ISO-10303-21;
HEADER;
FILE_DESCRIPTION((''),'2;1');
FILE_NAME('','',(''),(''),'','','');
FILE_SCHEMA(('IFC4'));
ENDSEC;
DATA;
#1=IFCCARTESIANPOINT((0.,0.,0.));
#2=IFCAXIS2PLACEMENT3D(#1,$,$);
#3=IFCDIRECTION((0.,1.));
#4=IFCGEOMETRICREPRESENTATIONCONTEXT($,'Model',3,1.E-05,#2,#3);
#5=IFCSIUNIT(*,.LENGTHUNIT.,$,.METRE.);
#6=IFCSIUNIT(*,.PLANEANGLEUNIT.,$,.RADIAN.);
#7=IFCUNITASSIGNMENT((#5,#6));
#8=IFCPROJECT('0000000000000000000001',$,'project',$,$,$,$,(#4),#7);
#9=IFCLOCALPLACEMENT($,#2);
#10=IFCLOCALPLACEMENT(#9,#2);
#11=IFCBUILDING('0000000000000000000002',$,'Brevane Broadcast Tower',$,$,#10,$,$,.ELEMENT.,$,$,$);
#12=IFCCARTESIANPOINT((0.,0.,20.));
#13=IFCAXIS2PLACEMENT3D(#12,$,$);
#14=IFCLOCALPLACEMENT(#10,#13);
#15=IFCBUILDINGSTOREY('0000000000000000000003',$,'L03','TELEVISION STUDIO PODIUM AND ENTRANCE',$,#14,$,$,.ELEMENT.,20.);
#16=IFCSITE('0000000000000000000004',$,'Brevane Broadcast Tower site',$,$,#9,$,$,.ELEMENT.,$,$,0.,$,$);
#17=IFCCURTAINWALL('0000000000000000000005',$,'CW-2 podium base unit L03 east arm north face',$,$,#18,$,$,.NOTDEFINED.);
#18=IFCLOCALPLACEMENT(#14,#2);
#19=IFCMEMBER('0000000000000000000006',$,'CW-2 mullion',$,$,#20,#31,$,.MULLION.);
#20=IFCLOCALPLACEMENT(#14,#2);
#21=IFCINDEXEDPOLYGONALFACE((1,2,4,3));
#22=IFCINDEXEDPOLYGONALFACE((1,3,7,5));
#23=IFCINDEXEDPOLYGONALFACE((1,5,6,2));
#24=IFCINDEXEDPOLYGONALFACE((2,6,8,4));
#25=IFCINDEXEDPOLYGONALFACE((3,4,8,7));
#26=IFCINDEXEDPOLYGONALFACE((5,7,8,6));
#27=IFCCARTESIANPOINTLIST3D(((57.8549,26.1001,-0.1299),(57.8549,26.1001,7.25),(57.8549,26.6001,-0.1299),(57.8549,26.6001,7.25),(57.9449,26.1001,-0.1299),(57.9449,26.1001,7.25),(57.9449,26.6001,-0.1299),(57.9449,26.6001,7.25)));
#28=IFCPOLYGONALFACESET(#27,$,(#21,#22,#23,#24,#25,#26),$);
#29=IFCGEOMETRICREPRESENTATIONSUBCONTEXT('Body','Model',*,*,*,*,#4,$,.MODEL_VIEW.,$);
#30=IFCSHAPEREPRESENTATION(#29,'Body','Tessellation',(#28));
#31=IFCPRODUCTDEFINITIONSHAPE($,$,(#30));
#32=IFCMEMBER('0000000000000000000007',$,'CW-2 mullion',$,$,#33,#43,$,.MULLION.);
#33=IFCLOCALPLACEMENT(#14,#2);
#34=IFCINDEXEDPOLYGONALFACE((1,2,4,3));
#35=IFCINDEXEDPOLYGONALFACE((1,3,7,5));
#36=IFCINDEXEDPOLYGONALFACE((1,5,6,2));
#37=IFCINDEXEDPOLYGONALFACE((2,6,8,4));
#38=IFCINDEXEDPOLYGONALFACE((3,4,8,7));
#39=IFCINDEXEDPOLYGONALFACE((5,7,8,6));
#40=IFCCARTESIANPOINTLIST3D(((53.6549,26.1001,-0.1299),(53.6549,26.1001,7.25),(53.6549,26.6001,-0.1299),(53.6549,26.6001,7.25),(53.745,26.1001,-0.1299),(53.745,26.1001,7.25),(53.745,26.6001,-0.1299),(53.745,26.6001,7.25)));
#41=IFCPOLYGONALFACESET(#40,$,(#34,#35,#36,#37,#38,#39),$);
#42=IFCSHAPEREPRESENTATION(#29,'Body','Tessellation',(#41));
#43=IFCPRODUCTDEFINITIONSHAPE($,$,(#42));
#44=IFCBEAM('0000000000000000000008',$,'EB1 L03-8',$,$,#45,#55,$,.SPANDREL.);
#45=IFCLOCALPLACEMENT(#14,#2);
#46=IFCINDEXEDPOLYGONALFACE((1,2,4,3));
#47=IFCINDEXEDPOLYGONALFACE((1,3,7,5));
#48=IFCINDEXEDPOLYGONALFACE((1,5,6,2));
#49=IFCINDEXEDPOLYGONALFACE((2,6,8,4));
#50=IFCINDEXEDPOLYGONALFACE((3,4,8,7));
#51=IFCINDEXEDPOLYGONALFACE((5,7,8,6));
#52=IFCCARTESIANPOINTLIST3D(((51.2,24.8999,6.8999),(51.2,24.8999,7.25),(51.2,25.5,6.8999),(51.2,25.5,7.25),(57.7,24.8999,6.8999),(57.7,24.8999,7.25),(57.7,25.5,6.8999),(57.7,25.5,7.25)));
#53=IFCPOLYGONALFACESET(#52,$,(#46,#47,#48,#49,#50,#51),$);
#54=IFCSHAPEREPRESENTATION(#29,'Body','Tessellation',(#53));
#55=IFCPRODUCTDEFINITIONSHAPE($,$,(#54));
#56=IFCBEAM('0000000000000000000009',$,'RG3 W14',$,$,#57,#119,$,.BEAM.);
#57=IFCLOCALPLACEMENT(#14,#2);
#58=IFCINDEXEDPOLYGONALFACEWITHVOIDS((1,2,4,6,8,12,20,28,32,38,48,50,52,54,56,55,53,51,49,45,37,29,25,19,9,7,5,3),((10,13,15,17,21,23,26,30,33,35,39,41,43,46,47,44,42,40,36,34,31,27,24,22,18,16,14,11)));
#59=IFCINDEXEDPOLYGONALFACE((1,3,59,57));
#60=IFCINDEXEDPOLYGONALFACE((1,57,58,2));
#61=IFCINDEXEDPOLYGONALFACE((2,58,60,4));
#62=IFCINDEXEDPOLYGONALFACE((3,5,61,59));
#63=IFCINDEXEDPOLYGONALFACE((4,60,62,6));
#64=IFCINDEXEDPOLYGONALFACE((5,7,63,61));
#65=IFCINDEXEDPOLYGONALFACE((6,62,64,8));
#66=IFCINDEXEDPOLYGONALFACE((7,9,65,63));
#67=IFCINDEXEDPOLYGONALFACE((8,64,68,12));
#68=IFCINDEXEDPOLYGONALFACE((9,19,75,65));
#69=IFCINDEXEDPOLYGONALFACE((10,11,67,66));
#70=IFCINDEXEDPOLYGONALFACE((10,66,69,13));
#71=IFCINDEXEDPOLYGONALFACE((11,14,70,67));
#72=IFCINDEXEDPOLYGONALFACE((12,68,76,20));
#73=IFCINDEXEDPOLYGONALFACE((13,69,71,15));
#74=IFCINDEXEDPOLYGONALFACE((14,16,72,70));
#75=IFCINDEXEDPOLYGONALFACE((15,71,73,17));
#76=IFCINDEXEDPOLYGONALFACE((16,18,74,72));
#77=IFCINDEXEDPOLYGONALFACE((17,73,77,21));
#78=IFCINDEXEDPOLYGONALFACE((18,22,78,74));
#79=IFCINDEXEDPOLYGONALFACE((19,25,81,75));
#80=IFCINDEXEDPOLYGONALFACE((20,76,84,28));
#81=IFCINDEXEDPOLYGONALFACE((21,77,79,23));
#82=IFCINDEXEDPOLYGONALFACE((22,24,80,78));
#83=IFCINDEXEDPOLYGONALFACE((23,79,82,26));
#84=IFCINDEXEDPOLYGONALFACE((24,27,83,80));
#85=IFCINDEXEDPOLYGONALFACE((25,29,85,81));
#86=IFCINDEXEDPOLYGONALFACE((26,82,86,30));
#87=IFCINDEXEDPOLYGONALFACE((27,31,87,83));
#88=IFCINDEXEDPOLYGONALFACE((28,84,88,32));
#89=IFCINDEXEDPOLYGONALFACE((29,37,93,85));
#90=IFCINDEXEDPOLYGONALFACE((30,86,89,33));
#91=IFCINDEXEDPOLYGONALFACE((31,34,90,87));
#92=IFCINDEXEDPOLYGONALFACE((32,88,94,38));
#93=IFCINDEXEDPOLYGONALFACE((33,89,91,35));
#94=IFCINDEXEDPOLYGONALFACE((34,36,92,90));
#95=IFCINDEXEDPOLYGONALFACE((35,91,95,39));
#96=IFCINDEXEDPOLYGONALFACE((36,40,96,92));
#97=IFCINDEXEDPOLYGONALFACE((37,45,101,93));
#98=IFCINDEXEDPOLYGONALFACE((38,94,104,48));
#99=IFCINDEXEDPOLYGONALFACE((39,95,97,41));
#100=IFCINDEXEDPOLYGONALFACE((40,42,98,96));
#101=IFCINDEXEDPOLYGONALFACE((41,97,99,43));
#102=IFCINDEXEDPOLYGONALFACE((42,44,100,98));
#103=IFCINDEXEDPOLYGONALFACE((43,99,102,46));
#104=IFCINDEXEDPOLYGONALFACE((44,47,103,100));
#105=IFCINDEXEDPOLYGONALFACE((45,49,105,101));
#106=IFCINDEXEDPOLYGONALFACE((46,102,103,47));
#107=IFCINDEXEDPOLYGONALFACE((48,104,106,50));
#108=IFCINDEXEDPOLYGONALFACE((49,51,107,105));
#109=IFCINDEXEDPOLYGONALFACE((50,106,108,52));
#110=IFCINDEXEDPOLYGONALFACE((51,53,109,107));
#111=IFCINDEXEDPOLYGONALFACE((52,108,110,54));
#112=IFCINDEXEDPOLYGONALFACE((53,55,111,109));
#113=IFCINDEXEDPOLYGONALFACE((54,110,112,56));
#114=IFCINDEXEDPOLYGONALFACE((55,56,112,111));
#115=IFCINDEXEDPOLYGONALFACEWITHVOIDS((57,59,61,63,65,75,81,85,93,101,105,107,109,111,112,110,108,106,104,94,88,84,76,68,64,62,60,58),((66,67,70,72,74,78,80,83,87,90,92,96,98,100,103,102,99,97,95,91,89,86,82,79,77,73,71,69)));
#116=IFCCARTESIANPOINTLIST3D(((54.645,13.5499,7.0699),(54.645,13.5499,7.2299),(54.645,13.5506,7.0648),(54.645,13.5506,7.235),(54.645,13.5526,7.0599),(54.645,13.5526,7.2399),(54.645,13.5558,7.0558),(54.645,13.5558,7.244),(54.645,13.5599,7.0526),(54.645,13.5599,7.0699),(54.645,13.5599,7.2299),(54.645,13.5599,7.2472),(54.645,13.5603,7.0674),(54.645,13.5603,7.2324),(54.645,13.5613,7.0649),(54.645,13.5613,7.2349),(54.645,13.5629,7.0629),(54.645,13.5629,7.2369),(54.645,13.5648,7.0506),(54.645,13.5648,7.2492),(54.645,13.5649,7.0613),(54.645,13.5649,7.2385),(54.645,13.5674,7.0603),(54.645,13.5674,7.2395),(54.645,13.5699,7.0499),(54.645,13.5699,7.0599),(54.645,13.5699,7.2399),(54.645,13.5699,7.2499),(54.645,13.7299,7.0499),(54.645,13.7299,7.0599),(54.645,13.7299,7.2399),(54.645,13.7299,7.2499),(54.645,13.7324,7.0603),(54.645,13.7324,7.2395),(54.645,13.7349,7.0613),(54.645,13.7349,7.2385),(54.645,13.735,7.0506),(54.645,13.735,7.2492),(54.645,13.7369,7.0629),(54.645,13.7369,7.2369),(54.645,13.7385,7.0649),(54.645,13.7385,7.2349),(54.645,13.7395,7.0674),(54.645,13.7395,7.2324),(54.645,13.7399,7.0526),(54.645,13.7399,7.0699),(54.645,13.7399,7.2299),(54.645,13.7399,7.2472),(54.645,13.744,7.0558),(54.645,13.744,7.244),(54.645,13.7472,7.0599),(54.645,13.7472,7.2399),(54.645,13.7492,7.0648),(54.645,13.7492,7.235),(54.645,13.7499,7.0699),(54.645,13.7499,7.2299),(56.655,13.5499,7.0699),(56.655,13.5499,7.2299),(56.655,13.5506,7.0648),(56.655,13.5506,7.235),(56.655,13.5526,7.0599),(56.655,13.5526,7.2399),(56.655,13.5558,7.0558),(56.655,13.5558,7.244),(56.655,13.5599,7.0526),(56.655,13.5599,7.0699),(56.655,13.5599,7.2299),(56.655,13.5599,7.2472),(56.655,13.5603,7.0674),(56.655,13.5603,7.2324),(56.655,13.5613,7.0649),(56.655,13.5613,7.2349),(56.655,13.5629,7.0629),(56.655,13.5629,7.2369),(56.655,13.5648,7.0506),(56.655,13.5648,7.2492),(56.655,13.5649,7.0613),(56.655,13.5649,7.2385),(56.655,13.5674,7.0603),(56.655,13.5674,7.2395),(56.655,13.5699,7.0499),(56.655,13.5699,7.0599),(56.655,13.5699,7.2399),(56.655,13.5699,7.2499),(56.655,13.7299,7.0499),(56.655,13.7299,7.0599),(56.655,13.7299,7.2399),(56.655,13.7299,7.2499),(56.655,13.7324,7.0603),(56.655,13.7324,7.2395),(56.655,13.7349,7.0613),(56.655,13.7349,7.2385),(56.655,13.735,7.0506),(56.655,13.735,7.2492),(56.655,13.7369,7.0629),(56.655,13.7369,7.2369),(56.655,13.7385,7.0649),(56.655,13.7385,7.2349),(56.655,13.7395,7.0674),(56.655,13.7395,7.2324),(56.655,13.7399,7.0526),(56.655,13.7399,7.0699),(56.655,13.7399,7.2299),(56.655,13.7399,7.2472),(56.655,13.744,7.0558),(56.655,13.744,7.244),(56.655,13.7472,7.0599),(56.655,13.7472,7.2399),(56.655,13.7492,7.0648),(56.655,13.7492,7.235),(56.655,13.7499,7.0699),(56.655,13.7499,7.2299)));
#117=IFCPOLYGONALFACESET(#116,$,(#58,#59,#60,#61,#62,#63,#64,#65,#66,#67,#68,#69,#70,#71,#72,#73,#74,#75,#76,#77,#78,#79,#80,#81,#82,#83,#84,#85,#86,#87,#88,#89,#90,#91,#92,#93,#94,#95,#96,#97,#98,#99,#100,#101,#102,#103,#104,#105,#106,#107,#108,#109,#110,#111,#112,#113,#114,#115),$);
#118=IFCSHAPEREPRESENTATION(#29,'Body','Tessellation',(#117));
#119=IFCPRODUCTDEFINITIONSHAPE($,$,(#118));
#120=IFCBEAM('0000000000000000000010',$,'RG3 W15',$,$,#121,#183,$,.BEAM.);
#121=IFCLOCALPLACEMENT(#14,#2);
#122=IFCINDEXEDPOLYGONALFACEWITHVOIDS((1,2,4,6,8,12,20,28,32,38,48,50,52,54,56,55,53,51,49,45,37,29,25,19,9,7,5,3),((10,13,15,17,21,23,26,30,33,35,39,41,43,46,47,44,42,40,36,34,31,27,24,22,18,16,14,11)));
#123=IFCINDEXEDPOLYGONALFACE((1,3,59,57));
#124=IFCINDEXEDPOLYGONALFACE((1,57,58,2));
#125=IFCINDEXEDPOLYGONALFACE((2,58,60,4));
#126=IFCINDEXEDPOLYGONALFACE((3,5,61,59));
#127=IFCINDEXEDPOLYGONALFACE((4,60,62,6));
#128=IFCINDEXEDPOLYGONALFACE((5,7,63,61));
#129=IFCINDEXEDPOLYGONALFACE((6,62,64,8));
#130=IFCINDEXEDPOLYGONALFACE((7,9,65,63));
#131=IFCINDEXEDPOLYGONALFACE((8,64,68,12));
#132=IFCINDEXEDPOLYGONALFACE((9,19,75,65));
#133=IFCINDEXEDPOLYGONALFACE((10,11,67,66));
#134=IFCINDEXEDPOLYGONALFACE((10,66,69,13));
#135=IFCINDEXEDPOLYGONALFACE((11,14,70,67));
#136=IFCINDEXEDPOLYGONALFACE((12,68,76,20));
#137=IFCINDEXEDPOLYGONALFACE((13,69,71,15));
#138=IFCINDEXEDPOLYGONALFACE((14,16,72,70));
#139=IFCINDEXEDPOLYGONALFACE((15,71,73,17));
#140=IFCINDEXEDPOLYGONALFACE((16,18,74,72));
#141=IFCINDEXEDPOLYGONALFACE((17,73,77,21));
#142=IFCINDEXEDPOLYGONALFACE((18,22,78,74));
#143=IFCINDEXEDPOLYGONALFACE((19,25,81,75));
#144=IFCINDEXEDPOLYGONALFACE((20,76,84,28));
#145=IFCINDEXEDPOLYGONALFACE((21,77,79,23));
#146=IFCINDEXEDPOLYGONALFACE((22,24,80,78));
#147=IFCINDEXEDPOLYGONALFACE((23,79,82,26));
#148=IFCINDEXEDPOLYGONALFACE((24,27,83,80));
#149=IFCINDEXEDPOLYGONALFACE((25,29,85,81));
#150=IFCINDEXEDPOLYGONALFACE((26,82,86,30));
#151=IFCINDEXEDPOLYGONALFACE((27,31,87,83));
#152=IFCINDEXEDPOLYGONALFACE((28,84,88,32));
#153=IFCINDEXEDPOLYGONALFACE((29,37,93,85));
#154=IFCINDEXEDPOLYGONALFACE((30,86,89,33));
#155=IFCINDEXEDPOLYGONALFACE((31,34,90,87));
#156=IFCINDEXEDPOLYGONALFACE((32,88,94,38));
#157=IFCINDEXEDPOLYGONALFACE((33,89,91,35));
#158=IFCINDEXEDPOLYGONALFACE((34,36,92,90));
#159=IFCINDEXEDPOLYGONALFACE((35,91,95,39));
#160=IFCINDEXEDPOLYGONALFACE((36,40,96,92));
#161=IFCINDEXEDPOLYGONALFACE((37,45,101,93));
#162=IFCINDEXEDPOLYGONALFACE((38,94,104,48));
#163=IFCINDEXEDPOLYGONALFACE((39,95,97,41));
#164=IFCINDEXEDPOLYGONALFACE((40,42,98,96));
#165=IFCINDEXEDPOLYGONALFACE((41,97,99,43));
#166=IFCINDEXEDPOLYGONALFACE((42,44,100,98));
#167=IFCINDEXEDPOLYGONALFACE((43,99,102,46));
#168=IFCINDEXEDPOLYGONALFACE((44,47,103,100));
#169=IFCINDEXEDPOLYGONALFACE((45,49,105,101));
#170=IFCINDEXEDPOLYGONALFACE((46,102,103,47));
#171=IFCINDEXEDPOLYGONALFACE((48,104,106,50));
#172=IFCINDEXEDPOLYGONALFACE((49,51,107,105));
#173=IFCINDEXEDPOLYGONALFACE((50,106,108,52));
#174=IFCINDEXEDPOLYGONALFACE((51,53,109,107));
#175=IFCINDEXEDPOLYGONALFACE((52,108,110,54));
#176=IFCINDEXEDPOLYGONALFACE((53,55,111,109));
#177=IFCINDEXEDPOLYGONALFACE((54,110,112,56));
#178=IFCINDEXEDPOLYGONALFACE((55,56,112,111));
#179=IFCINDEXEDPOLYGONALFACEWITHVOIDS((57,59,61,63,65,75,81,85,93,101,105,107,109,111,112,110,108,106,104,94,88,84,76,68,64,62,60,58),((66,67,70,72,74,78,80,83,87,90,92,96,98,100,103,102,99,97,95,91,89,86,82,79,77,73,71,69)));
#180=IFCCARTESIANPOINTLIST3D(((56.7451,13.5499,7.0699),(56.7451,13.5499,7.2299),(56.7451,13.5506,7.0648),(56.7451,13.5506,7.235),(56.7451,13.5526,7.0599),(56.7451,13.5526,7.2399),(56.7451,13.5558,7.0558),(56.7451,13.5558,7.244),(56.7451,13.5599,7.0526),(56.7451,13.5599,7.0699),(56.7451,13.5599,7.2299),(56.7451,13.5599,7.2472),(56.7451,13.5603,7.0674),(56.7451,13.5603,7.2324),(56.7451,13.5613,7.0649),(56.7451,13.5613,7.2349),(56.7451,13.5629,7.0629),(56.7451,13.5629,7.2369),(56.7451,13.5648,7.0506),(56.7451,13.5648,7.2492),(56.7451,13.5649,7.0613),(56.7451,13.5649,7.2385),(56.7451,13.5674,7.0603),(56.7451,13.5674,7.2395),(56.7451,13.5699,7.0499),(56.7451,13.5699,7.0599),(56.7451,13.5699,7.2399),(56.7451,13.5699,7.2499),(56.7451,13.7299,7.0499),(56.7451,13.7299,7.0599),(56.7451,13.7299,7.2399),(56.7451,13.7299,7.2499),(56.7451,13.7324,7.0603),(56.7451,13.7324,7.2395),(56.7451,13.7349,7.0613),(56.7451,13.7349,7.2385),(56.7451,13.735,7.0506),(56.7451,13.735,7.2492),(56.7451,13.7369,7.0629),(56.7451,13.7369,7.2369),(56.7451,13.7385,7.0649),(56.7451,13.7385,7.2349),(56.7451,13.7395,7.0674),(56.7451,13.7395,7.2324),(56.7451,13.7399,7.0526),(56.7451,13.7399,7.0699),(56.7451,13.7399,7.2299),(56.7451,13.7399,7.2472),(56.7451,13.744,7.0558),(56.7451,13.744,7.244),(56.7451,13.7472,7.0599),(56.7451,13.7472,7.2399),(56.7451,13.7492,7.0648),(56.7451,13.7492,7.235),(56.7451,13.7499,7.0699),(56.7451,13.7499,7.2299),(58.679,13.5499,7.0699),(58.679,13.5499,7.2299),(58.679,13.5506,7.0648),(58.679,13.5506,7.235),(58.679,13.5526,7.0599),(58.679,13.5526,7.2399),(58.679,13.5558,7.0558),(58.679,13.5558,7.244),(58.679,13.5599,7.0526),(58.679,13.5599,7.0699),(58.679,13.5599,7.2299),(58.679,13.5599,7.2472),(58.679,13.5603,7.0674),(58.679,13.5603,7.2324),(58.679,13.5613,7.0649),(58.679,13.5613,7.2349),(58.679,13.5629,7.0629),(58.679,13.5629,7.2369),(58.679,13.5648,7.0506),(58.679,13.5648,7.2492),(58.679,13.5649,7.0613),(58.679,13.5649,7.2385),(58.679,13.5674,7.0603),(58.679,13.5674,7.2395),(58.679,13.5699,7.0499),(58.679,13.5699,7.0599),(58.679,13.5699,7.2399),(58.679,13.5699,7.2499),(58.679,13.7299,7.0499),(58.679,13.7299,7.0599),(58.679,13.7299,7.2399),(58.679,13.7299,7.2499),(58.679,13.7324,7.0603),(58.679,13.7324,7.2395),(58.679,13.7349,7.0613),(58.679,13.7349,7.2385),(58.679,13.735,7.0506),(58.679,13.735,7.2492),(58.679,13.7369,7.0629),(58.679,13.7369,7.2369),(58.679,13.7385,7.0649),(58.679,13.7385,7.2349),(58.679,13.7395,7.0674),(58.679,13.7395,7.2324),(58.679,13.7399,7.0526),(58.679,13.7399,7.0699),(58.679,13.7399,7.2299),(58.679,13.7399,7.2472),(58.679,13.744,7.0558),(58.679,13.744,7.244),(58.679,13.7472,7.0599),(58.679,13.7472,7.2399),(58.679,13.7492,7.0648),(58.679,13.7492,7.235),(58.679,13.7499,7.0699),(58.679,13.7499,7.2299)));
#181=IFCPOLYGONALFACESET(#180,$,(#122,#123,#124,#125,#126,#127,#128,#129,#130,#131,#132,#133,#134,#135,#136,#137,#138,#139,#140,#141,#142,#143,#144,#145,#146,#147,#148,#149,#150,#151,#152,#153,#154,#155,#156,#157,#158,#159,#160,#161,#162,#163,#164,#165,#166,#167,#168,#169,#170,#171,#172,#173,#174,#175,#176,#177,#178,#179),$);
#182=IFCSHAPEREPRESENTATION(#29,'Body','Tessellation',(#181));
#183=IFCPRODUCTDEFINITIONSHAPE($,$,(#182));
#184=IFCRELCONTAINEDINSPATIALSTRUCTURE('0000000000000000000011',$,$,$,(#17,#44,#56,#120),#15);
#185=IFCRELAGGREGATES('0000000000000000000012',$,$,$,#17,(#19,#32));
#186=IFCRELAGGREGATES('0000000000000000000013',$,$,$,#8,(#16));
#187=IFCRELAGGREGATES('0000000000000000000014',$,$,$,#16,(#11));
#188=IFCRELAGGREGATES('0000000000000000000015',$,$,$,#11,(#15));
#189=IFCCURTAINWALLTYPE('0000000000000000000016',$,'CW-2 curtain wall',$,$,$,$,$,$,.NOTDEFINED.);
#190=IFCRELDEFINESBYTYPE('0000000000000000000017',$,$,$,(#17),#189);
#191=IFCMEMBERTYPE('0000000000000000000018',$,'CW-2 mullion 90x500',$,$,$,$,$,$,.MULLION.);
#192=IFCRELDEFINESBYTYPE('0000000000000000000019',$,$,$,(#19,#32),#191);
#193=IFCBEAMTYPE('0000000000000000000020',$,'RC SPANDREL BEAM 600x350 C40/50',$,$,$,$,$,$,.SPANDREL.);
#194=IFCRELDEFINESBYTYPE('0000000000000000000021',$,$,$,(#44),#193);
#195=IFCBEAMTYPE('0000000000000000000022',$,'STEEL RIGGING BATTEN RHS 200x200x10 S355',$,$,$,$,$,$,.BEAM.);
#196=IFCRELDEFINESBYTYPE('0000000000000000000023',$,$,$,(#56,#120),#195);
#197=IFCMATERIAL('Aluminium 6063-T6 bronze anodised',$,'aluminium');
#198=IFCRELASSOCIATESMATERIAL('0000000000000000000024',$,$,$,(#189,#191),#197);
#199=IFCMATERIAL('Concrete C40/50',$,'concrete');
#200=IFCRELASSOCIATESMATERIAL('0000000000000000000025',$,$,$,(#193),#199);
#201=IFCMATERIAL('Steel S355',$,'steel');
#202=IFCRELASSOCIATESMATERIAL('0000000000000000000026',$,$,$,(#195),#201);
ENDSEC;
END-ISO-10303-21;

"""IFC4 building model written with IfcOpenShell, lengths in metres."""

from ifc_helpers import new_model, si_unit, direction, frame, origin, origin_2d, place, context, subcontext, project, spatial, rectangle, hollow_rectangle, extrude, material, material_profile, profile_set, type_object, element, aggregate, save


model = new_model("IFC4")

# Units and contexts
model_context = context("Model", 3, precision=1e-05, world=origin(), true_north=direction((0.0, 1.0)))
body_context = subcontext(model_context, "Body", "Model", "MODEL_VIEW")
ifc_project = project(units=[si_unit("LENGTHUNIT", "METRE"), si_unit("PLANEANGLEUNIT", "RADIAN")], contexts=[model_context])

# Site, building, storey
site_placement = place(None, origin())
site = spatial("IfcSite", under=ifc_project, at=site_placement, Name="Brevane Broadcast Tower site", CompositionType="ELEMENT", RefElevation=0.0)
building_placement = place(site_placement, origin())
building = spatial("IfcBuilding", under=site, at=building_placement, Name="Brevane Broadcast Tower", CompositionType="ELEMENT")
storey_placement = place(building_placement, frame((0.0, 0.0, 20.0)))
storey = spatial("IfcBuildingStorey", under=building, at=storey_placement, Name="L03", Description="TELEVISION STUDIO PODIUM AND ENTRANCE", CompositionType="ELEMENT", Elevation=20.0)

# Curtain wall, members
ifc_material_1 = material(Name="Aluminium 6063-T6 bronze anodised", Category="aluminium")
curtain_wall_type = type_object("IfcCurtainWallType", Name="CW-2 curtain wall", PredefinedType="NOTDEFINED", material=ifc_material_1)
curtain_wall_placement = place(storey_placement, origin())
curtain_wall = element("IfcCurtainWall", 1, at=curtain_wall_placement, inside=storey, type_object=curtain_wall_type, Name="CW-2 podium base unit L03 east arm north face", PredefinedType="NOTDEFINED")
ifc_material_profile_1 = material_profile(ifc_material_1, rectangle(XDim=0.5, YDim=0.0901, at=origin_2d()), Name="RECT 90x500")
ifc_profile_set_1 = profile_set([ifc_material_profile_1], Name="Aluminium 6063-T6 bronze anodised")
member_type = type_object("IfcMemberType", Name="CW-2 mullion 90x500", PredefinedType="MULLION", material=ifc_profile_set_1)
member_1_placement = place(storey_placement, frame((57.8999, 26.3501, -0.1299), z_axis=(0.0, 0.0, 1.0), x_axis=(0.0, -1.0, 0.0)))
member_1 = element("IfcMember", 2, at=member_1_placement, type_object=member_type, Name="CW-2 mullion", PredefinedType="MULLION", context=body_context, shape_type="SweptSolid", body=[
    extrude(rectangle(XDim=0.5, YDim=0.0901, at=origin_2d()), origin(), (0.0, 0.0, 1.0), 7.3799),
])
member_2_placement = place(storey_placement, frame((53.7, 26.3501, -0.1299), z_axis=(0.0, 0.0, 1.0), x_axis=(0.0, -1.0, 0.0)))
member_2 = element("IfcMember", 3, at=member_2_placement, type_object=member_type, Name="CW-2 mullion", PredefinedType="MULLION", context=body_context, shape_type="SweptSolid", body=[
    extrude(rectangle(XDim=0.5, YDim=0.0901, at=origin_2d()), origin(), (0.0, 0.0, 1.0), 7.3799),
])
aggregate(curtain_wall, [member_1, member_2])

# Beams
ifc_material_2 = material(Name="Concrete C40/50", Category="concrete")
ifc_material_profile_2 = material_profile(ifc_material_2, rectangle(XDim=0.6001, YDim=0.3501, at=origin_2d()), Name="RC 600x350")
ifc_profile_set_2 = profile_set([ifc_material_profile_2], Name="Concrete C40/50")
beam_type_1 = type_object("IfcBeamType", Name="RC SPANDREL BEAM 600x350 C40/50", PredefinedType="SPANDREL", material=ifc_profile_set_2)
beam_1_placement = place(storey_placement, frame((57.7, 25.2, 7.075), z_axis=(-1.0, 0.0, 0.0), x_axis=(0.0, -1.0, 0.0)))
element("IfcBeam", 4, at=beam_1_placement, inside=storey, type_object=beam_type_1, Name="EB1 L03-8", PredefinedType="SPANDREL", context=body_context, shape_type="SweptSolid", body=[
    extrude(rectangle(XDim=0.6001, YDim=0.3501, at=origin_2d()), origin(), (0.0, 0.0, 1.0), 6.5),
])
ifc_material_3 = material(Name="Steel S355", Category="steel")
ifc_material_profile_3 = material_profile(ifc_material_3, hollow_rectangle(XDim=0.2, YDim=0.2, WallThickness=0.01, InnerFilletRadius=0.01, OuterFilletRadius=0.02, at=origin_2d()), Name="RHS 200x200x10")
ifc_profile_set_3 = profile_set([ifc_material_profile_3], Name="Steel S355")
beam_type_2 = type_object("IfcBeamType", Name="STEEL RIGGING BATTEN RHS 200x200x10 S355", PredefinedType="BEAM", material=ifc_profile_set_3)
beam_2_placement = place(storey_placement, frame((54.645, 13.6499, 7.1499), z_axis=(1.0, 0.0, 0.0), x_axis=(0.0, 1.0, 0.0)))
element("IfcBeam", 5, at=beam_2_placement, inside=storey, type_object=beam_type_2, Name="RG3 W14", PredefinedType="BEAM", context=body_context, shape_type="SweptSolid", body=[
    extrude(hollow_rectangle(XDim=0.2, YDim=0.2, WallThickness=0.01, InnerFilletRadius=0.01, OuterFilletRadius=0.02, at=origin_2d()), origin(), (0.0, 0.0, 1.0), 2.01),
])
beam_3_placement = place(storey_placement, frame((56.7451, 13.6499, 7.1499), z_axis=(1.0, 0.0, 0.0), x_axis=(0.0, 1.0, 0.0)))
element("IfcBeam", 6, at=beam_3_placement, inside=storey, type_object=beam_type_2, Name="RG3 W15", PredefinedType="BEAM", context=body_context, shape_type="SweptSolid", body=[
    extrude(hollow_rectangle(XDim=0.2, YDim=0.2, WallThickness=0.01, InnerFilletRadius=0.01, OuterFilletRadius=0.02, at=origin_2d()), origin(), (0.0, 0.0, 1.0), 1.9338),
])

save(model, "model.ifc")
